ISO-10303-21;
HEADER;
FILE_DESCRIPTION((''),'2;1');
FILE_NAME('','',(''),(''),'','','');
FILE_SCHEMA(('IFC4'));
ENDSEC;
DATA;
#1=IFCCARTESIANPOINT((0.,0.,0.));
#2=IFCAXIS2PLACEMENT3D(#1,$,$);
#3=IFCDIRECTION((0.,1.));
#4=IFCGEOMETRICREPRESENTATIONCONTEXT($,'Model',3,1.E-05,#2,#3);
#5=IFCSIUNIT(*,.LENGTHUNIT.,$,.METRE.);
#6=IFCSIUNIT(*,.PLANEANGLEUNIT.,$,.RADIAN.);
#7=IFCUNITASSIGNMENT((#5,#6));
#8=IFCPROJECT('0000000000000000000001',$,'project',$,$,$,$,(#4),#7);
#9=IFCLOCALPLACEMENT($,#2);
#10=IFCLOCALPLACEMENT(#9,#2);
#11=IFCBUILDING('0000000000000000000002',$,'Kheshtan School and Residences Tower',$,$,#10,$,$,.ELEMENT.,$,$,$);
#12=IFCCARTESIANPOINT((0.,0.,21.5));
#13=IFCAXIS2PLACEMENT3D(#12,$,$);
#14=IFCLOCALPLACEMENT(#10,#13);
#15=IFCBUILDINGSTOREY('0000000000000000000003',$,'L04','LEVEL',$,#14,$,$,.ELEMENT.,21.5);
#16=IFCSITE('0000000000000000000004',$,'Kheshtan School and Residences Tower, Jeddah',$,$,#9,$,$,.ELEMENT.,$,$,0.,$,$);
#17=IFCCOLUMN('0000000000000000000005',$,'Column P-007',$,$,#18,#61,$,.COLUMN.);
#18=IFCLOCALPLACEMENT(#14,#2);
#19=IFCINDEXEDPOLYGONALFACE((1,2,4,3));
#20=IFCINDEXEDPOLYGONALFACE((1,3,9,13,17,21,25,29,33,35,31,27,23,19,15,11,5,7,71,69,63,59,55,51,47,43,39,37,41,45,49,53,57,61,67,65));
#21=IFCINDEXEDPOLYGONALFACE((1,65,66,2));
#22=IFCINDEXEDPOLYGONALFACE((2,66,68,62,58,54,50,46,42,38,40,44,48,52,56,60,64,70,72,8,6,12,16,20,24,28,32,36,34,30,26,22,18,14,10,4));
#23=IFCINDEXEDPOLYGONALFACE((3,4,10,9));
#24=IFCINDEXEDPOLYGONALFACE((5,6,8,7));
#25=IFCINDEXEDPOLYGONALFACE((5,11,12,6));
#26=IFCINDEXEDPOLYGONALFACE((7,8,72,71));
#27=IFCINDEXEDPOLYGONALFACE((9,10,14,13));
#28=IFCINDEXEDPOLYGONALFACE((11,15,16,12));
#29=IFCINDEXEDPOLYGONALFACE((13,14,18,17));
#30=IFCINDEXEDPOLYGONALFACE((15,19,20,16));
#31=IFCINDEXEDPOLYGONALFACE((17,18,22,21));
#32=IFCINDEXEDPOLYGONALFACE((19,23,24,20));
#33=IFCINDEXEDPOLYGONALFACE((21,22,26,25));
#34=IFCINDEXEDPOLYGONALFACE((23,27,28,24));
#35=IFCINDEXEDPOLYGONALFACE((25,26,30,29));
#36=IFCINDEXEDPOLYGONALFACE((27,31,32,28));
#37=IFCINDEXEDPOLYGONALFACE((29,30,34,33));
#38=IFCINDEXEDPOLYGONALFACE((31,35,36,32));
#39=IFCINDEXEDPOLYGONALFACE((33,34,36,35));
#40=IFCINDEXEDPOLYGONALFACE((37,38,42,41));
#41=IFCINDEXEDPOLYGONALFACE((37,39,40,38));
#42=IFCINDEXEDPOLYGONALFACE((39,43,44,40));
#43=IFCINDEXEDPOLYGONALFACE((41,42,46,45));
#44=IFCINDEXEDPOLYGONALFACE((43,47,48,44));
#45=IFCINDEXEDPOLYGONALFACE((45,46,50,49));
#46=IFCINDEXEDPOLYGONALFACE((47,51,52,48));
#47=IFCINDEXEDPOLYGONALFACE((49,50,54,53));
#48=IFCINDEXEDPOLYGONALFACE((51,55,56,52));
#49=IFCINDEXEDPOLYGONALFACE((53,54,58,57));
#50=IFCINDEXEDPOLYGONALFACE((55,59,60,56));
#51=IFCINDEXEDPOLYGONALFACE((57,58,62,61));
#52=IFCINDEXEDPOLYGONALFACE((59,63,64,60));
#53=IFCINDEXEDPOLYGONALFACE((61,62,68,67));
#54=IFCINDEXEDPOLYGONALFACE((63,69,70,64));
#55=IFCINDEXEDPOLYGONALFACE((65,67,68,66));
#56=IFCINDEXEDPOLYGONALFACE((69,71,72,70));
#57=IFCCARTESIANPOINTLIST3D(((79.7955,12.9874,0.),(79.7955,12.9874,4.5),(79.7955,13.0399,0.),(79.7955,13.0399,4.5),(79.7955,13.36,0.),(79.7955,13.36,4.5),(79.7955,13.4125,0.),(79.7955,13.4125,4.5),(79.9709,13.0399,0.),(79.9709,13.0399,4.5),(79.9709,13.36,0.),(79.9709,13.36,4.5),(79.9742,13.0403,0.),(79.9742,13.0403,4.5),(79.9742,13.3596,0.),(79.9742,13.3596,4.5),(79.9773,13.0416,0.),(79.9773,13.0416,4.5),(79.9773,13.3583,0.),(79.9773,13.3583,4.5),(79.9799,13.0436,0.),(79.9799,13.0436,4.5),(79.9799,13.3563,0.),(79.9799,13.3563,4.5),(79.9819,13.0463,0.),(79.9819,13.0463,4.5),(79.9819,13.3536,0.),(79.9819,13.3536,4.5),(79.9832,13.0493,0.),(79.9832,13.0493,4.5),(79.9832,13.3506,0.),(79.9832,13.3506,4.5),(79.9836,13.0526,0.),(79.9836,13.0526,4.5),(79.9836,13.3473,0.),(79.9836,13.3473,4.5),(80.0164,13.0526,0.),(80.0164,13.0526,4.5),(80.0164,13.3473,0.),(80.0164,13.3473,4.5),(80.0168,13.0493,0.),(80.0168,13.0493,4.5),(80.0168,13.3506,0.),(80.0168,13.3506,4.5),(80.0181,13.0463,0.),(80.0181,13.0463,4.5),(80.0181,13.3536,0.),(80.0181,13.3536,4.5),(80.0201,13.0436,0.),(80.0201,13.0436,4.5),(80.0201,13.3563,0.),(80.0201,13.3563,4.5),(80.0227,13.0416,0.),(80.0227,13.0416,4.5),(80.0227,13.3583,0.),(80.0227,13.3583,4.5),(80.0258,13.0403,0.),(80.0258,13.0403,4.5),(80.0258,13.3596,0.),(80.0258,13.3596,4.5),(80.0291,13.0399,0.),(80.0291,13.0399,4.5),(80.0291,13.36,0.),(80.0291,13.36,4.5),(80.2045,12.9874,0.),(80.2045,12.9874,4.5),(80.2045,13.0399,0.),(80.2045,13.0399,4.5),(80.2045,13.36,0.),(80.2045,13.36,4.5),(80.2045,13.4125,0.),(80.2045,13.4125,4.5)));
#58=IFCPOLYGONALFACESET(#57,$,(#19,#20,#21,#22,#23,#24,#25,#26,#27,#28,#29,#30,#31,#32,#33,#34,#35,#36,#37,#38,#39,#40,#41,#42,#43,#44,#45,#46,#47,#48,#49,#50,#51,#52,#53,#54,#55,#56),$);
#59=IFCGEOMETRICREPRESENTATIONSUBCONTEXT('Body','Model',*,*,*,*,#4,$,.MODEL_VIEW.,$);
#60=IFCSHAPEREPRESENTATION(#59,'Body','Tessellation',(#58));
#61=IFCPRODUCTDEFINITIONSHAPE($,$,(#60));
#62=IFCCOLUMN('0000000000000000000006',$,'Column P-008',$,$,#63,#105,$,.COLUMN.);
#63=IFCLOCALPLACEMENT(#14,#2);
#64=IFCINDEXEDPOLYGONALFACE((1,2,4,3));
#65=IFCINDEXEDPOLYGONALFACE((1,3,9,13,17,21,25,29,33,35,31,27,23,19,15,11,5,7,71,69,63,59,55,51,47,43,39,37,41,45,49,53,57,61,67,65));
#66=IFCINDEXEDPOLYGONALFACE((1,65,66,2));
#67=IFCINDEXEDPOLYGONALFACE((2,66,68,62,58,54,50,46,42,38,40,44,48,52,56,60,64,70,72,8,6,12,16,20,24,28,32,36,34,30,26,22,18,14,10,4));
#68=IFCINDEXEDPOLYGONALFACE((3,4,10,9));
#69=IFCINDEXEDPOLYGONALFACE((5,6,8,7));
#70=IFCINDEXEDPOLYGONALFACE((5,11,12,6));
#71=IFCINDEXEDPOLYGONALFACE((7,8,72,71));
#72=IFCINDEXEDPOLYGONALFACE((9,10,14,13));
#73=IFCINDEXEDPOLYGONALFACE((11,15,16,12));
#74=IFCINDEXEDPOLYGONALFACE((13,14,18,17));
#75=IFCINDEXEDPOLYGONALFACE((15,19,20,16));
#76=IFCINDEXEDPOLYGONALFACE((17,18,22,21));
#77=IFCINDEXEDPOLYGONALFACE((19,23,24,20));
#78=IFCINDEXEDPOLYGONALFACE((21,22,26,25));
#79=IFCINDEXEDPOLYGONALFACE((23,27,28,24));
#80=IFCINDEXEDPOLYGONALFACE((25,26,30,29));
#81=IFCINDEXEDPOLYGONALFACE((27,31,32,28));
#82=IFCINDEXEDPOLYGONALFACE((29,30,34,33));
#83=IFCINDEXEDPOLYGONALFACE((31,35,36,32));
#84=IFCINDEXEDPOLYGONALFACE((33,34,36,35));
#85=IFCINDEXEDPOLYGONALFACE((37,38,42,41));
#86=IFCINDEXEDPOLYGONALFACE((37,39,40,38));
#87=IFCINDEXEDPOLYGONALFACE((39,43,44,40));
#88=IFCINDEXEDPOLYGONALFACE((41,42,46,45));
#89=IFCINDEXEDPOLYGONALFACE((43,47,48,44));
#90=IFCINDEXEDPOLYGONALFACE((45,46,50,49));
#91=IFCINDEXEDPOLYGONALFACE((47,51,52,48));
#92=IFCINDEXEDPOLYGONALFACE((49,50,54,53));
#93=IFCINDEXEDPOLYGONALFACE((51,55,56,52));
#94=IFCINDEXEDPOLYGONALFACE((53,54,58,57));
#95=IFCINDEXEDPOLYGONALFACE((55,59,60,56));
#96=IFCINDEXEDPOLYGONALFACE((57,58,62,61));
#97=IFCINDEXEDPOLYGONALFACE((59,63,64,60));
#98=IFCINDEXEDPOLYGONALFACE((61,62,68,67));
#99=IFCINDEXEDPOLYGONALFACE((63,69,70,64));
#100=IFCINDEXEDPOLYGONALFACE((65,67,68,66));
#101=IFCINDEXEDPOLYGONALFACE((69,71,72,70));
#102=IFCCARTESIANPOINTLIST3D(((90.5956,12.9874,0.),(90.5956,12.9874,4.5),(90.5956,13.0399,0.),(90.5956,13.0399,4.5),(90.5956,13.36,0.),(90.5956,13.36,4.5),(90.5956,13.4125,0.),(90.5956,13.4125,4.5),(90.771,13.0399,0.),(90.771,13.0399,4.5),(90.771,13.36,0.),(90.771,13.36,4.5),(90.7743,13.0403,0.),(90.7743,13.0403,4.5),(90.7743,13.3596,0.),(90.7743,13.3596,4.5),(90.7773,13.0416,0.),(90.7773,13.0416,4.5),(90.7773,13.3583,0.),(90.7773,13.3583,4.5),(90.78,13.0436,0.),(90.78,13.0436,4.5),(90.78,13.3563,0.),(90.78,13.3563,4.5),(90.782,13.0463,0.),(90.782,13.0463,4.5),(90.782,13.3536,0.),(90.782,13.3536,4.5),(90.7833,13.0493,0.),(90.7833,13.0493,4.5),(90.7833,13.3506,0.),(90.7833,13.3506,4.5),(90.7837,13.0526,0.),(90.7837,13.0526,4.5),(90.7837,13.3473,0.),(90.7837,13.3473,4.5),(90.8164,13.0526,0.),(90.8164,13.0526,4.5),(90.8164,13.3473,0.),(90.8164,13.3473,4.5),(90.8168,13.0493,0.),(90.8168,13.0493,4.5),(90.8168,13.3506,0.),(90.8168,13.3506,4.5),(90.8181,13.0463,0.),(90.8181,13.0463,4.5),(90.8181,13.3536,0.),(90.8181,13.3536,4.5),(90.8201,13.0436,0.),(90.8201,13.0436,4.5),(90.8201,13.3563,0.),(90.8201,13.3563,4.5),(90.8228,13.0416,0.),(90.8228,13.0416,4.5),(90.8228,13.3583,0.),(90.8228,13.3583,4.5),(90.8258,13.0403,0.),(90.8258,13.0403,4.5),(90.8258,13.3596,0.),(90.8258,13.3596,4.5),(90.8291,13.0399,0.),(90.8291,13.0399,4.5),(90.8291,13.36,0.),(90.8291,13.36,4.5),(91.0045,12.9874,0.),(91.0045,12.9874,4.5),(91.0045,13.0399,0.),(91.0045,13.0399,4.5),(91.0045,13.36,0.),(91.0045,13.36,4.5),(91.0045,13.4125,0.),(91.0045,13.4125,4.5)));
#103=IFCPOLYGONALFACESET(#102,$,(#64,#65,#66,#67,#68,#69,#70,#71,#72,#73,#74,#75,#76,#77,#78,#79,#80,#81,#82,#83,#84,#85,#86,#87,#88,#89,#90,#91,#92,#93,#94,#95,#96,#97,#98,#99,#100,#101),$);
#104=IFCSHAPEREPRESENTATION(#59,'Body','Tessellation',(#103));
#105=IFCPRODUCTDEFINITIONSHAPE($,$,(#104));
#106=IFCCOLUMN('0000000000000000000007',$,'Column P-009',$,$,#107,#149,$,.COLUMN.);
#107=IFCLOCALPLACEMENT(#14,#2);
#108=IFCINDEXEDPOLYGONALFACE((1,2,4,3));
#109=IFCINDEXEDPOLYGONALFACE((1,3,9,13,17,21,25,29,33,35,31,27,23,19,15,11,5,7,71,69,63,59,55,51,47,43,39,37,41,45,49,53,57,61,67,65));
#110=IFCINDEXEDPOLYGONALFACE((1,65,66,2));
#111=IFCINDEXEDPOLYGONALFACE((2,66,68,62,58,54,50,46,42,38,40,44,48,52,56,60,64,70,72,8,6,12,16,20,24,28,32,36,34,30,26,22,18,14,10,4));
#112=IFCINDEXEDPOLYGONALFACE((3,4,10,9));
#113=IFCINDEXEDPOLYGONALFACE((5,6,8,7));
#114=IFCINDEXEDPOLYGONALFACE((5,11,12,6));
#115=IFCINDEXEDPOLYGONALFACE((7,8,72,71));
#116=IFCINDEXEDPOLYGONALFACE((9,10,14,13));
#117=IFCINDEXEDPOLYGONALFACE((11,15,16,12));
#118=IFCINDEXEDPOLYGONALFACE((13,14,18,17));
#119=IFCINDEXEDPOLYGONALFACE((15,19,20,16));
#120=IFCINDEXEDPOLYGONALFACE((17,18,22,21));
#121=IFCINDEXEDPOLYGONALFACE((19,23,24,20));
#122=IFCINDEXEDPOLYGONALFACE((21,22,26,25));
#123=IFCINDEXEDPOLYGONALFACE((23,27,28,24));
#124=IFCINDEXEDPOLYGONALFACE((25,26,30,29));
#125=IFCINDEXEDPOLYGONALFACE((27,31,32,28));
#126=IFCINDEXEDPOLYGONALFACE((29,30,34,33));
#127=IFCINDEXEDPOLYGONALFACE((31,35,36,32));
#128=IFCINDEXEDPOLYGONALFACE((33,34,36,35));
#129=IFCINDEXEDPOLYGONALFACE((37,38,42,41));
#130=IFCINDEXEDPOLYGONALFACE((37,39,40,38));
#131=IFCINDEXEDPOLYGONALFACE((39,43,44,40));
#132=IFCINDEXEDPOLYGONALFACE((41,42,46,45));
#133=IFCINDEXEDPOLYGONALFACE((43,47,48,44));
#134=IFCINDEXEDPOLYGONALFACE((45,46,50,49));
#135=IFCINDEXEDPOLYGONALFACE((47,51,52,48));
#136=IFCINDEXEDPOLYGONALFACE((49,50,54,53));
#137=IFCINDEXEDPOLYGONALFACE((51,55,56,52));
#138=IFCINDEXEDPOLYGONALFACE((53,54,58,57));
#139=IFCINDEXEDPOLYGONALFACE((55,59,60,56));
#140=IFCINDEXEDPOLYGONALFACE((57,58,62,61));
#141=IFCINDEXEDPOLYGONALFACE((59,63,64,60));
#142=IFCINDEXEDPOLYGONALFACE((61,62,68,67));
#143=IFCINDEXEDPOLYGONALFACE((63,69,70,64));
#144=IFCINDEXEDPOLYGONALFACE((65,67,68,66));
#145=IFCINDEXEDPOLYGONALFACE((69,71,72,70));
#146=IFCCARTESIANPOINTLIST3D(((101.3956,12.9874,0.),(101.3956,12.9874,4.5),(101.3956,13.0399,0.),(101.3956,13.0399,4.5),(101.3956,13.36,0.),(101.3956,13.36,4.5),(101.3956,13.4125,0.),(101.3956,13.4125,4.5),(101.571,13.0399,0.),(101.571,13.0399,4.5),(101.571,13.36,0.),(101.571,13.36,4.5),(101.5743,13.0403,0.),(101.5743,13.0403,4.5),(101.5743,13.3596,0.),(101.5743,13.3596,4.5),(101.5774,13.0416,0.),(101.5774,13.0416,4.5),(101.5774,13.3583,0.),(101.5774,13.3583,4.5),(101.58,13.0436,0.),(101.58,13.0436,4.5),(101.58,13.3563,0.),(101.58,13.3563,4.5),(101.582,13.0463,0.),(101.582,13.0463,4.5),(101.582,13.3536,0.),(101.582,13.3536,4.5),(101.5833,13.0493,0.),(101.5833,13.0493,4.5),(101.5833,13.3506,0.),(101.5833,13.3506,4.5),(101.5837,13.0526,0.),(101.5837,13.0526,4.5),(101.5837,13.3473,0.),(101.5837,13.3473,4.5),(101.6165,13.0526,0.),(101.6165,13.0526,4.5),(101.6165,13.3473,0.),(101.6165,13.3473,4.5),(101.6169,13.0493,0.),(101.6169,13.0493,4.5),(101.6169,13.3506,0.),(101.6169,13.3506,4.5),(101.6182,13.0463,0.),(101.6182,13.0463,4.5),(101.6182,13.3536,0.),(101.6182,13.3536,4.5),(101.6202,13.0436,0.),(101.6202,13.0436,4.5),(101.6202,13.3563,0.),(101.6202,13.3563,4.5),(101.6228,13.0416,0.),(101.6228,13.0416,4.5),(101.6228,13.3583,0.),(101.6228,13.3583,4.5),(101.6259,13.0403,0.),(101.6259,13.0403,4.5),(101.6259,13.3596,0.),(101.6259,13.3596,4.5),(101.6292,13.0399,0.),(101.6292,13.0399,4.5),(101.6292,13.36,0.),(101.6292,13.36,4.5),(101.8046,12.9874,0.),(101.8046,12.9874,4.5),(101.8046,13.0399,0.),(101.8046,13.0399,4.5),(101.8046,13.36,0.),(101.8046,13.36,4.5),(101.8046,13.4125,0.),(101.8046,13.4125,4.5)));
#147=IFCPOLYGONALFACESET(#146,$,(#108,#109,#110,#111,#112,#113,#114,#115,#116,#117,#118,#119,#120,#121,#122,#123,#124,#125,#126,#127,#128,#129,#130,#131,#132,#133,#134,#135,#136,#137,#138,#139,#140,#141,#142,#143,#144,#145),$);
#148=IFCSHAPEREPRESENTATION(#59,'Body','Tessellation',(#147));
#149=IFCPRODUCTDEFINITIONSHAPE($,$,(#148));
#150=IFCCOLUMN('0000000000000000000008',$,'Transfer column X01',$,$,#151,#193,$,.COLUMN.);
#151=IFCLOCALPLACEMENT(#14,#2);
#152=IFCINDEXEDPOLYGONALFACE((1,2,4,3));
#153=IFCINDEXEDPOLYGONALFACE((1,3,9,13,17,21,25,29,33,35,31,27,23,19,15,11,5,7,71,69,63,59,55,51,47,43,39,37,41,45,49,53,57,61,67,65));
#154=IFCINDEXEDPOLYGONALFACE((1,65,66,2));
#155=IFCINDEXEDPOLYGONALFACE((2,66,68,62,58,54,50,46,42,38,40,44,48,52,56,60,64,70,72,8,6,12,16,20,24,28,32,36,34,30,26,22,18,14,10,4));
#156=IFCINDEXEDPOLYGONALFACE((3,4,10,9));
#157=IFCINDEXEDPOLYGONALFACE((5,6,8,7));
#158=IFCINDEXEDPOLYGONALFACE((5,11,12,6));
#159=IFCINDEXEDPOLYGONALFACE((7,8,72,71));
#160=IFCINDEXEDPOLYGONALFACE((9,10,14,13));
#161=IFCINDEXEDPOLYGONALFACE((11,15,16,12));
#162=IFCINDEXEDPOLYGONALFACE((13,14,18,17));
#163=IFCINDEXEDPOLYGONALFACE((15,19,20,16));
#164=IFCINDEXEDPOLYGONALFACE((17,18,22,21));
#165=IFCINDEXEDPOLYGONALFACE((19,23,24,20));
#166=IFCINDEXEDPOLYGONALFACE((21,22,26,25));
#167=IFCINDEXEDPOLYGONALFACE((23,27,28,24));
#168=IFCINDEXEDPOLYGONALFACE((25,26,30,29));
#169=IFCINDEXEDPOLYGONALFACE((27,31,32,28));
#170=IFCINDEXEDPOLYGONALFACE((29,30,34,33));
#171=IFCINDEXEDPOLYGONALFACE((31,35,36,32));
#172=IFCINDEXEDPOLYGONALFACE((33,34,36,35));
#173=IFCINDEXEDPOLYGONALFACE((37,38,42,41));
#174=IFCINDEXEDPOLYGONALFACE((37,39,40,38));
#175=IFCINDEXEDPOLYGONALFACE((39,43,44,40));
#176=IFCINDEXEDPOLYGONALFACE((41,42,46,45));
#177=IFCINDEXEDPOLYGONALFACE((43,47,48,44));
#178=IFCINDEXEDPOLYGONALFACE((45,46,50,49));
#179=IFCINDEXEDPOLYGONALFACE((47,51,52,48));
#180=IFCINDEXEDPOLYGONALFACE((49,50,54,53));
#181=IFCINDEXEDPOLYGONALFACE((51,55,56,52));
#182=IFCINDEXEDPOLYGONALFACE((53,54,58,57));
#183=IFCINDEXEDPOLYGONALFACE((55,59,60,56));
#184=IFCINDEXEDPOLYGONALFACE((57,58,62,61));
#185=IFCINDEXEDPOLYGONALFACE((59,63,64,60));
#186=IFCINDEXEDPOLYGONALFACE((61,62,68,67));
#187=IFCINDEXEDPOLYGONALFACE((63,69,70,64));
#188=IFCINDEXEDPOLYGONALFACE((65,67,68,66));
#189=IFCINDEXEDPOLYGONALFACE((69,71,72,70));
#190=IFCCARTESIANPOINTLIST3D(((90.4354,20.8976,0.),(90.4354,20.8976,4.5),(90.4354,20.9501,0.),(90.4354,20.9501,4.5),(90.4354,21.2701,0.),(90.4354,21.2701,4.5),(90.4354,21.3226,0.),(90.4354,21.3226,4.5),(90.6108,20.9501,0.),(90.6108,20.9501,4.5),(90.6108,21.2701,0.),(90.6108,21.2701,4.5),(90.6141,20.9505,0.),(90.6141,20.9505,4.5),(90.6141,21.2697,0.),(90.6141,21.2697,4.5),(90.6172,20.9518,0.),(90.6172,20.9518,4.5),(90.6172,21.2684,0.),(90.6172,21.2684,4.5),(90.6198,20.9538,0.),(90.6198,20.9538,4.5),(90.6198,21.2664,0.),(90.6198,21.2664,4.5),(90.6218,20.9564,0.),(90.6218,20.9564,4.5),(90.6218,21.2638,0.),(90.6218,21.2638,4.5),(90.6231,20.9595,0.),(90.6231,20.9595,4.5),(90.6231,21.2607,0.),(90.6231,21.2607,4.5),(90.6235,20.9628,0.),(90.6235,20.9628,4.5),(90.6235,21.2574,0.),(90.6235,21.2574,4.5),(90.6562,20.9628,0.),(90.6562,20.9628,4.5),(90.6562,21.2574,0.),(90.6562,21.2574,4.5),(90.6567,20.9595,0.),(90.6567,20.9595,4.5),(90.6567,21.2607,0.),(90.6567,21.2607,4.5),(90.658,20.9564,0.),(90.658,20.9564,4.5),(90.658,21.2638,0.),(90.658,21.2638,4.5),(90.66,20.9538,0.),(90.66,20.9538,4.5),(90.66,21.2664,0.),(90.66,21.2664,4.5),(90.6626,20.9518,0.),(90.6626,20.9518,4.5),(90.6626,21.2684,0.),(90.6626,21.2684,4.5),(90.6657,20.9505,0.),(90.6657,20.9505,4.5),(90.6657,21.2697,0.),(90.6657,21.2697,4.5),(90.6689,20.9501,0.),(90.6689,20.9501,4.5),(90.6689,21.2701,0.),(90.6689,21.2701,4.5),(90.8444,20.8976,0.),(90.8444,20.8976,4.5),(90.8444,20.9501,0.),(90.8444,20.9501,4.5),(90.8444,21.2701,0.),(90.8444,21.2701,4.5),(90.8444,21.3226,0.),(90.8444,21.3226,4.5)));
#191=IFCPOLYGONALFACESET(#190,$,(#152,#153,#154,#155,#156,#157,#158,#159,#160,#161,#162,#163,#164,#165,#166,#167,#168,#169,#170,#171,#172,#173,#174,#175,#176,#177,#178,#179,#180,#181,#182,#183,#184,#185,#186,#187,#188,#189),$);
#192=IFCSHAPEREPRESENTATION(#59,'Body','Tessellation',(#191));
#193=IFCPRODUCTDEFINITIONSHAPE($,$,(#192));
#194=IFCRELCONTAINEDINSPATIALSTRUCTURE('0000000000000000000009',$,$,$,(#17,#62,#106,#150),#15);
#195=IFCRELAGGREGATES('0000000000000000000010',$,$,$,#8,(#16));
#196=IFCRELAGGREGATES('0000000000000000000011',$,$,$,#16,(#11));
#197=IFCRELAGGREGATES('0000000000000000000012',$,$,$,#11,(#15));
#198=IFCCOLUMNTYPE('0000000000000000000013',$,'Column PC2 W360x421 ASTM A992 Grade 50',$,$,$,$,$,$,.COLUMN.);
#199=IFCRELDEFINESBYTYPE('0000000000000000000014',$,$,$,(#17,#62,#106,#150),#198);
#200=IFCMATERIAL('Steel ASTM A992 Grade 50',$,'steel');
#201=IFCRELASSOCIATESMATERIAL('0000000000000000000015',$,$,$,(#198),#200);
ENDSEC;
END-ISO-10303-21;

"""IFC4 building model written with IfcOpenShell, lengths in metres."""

from ifc_helpers import new_model, si_unit, direction, frame, origin, origin_2d, place, context, subcontext, project, spatial, i_section, extrude, material, material_profile, profile_set, type_object, element, save


model = new_model("IFC4")

# Units and contexts
model_context = context("Model", 3, precision=1e-05, world=origin(), true_north=direction((0.0, 1.0)))
body_context = subcontext(model_context, "Body", "Model", "MODEL_VIEW")
ifc_project = project(units=[si_unit("LENGTHUNIT", "METRE"), si_unit("PLANEANGLEUNIT", "RADIAN")], contexts=[model_context])

# Site, building, storey
site_placement = place(None, origin())
site = spatial("IfcSite", under=ifc_project, at=site_placement, Name="Kheshtan School and Residences Tower, Jeddah", CompositionType="ELEMENT", RefElevation=0.0)
building_placement = place(site_placement, origin())
building = spatial("IfcBuilding", under=site, at=building_placement, Name="Kheshtan School and Residences Tower", CompositionType="ELEMENT")
storey_placement = place(building_placement, frame((0.0, 0.0, 21.5)))
storey = spatial("IfcBuildingStorey", under=building, at=storey_placement, Name="L04", Description="LEVEL", CompositionType="ELEMENT", Elevation=21.5)

# Columns
ifc_material_1 = material(Name="Steel ASTM A992 Grade 50", Category="steel")
ifc_material_profile_1 = material_profile(ifc_material_1, i_section(OverallWidth=0.4089, OverallDepth=0.425, WebThickness=0.0327, FlangeThickness=0.0525, FilletRadius=0.0127, at=origin_2d()), Name="W360x421")
ifc_profile_set_1 = profile_set([ifc_material_profile_1], Name="Steel ASTM A992 Grade 50")
column_type = type_object("IfcColumnType", Name="Column PC2 W360x421 ASTM A992 Grade 50", PredefinedType="COLUMN", material=ifc_profile_set_1)
for number, where, z_axis, x_axis, name in (
    (1, (80.0, 13.2, 0.0), (0.0, 0.0, 1.0), (1.0, 0.0, 0.0), "Column P-007"),
    (2, (90.8, 13.2, 0.0), (0.0, 0.0, 1.0), (1.0, 0.0, 0.0), "Column P-008"),
    (3, (101.6001, 13.2, 0.0), (0.0, 0.0, 1.0), (1.0, 0.0, 0.0), "Column P-009"),
    (4, (90.6399, 21.1101, 0.0), (0.0, 0.0, 1.0), (1.0, 0.0, 0.0), "Transfer column X01"),
):
    element("IfcColumn", number, at=place(storey_placement, frame(where, z_axis=z_axis, x_axis=x_axis)), inside=storey, type_object=column_type, Name=name, PredefinedType="COLUMN", context=body_context, shape_type="SweptSolid", body=[
        extrude(i_section(OverallWidth=0.4089, OverallDepth=0.425, WebThickness=0.0327, FlangeThickness=0.0525, FilletRadius=0.0127, at=origin_2d()), origin(), (0.0, 0.0, 1.0), 4.5),
    ])

save(model, "model.ifc")
